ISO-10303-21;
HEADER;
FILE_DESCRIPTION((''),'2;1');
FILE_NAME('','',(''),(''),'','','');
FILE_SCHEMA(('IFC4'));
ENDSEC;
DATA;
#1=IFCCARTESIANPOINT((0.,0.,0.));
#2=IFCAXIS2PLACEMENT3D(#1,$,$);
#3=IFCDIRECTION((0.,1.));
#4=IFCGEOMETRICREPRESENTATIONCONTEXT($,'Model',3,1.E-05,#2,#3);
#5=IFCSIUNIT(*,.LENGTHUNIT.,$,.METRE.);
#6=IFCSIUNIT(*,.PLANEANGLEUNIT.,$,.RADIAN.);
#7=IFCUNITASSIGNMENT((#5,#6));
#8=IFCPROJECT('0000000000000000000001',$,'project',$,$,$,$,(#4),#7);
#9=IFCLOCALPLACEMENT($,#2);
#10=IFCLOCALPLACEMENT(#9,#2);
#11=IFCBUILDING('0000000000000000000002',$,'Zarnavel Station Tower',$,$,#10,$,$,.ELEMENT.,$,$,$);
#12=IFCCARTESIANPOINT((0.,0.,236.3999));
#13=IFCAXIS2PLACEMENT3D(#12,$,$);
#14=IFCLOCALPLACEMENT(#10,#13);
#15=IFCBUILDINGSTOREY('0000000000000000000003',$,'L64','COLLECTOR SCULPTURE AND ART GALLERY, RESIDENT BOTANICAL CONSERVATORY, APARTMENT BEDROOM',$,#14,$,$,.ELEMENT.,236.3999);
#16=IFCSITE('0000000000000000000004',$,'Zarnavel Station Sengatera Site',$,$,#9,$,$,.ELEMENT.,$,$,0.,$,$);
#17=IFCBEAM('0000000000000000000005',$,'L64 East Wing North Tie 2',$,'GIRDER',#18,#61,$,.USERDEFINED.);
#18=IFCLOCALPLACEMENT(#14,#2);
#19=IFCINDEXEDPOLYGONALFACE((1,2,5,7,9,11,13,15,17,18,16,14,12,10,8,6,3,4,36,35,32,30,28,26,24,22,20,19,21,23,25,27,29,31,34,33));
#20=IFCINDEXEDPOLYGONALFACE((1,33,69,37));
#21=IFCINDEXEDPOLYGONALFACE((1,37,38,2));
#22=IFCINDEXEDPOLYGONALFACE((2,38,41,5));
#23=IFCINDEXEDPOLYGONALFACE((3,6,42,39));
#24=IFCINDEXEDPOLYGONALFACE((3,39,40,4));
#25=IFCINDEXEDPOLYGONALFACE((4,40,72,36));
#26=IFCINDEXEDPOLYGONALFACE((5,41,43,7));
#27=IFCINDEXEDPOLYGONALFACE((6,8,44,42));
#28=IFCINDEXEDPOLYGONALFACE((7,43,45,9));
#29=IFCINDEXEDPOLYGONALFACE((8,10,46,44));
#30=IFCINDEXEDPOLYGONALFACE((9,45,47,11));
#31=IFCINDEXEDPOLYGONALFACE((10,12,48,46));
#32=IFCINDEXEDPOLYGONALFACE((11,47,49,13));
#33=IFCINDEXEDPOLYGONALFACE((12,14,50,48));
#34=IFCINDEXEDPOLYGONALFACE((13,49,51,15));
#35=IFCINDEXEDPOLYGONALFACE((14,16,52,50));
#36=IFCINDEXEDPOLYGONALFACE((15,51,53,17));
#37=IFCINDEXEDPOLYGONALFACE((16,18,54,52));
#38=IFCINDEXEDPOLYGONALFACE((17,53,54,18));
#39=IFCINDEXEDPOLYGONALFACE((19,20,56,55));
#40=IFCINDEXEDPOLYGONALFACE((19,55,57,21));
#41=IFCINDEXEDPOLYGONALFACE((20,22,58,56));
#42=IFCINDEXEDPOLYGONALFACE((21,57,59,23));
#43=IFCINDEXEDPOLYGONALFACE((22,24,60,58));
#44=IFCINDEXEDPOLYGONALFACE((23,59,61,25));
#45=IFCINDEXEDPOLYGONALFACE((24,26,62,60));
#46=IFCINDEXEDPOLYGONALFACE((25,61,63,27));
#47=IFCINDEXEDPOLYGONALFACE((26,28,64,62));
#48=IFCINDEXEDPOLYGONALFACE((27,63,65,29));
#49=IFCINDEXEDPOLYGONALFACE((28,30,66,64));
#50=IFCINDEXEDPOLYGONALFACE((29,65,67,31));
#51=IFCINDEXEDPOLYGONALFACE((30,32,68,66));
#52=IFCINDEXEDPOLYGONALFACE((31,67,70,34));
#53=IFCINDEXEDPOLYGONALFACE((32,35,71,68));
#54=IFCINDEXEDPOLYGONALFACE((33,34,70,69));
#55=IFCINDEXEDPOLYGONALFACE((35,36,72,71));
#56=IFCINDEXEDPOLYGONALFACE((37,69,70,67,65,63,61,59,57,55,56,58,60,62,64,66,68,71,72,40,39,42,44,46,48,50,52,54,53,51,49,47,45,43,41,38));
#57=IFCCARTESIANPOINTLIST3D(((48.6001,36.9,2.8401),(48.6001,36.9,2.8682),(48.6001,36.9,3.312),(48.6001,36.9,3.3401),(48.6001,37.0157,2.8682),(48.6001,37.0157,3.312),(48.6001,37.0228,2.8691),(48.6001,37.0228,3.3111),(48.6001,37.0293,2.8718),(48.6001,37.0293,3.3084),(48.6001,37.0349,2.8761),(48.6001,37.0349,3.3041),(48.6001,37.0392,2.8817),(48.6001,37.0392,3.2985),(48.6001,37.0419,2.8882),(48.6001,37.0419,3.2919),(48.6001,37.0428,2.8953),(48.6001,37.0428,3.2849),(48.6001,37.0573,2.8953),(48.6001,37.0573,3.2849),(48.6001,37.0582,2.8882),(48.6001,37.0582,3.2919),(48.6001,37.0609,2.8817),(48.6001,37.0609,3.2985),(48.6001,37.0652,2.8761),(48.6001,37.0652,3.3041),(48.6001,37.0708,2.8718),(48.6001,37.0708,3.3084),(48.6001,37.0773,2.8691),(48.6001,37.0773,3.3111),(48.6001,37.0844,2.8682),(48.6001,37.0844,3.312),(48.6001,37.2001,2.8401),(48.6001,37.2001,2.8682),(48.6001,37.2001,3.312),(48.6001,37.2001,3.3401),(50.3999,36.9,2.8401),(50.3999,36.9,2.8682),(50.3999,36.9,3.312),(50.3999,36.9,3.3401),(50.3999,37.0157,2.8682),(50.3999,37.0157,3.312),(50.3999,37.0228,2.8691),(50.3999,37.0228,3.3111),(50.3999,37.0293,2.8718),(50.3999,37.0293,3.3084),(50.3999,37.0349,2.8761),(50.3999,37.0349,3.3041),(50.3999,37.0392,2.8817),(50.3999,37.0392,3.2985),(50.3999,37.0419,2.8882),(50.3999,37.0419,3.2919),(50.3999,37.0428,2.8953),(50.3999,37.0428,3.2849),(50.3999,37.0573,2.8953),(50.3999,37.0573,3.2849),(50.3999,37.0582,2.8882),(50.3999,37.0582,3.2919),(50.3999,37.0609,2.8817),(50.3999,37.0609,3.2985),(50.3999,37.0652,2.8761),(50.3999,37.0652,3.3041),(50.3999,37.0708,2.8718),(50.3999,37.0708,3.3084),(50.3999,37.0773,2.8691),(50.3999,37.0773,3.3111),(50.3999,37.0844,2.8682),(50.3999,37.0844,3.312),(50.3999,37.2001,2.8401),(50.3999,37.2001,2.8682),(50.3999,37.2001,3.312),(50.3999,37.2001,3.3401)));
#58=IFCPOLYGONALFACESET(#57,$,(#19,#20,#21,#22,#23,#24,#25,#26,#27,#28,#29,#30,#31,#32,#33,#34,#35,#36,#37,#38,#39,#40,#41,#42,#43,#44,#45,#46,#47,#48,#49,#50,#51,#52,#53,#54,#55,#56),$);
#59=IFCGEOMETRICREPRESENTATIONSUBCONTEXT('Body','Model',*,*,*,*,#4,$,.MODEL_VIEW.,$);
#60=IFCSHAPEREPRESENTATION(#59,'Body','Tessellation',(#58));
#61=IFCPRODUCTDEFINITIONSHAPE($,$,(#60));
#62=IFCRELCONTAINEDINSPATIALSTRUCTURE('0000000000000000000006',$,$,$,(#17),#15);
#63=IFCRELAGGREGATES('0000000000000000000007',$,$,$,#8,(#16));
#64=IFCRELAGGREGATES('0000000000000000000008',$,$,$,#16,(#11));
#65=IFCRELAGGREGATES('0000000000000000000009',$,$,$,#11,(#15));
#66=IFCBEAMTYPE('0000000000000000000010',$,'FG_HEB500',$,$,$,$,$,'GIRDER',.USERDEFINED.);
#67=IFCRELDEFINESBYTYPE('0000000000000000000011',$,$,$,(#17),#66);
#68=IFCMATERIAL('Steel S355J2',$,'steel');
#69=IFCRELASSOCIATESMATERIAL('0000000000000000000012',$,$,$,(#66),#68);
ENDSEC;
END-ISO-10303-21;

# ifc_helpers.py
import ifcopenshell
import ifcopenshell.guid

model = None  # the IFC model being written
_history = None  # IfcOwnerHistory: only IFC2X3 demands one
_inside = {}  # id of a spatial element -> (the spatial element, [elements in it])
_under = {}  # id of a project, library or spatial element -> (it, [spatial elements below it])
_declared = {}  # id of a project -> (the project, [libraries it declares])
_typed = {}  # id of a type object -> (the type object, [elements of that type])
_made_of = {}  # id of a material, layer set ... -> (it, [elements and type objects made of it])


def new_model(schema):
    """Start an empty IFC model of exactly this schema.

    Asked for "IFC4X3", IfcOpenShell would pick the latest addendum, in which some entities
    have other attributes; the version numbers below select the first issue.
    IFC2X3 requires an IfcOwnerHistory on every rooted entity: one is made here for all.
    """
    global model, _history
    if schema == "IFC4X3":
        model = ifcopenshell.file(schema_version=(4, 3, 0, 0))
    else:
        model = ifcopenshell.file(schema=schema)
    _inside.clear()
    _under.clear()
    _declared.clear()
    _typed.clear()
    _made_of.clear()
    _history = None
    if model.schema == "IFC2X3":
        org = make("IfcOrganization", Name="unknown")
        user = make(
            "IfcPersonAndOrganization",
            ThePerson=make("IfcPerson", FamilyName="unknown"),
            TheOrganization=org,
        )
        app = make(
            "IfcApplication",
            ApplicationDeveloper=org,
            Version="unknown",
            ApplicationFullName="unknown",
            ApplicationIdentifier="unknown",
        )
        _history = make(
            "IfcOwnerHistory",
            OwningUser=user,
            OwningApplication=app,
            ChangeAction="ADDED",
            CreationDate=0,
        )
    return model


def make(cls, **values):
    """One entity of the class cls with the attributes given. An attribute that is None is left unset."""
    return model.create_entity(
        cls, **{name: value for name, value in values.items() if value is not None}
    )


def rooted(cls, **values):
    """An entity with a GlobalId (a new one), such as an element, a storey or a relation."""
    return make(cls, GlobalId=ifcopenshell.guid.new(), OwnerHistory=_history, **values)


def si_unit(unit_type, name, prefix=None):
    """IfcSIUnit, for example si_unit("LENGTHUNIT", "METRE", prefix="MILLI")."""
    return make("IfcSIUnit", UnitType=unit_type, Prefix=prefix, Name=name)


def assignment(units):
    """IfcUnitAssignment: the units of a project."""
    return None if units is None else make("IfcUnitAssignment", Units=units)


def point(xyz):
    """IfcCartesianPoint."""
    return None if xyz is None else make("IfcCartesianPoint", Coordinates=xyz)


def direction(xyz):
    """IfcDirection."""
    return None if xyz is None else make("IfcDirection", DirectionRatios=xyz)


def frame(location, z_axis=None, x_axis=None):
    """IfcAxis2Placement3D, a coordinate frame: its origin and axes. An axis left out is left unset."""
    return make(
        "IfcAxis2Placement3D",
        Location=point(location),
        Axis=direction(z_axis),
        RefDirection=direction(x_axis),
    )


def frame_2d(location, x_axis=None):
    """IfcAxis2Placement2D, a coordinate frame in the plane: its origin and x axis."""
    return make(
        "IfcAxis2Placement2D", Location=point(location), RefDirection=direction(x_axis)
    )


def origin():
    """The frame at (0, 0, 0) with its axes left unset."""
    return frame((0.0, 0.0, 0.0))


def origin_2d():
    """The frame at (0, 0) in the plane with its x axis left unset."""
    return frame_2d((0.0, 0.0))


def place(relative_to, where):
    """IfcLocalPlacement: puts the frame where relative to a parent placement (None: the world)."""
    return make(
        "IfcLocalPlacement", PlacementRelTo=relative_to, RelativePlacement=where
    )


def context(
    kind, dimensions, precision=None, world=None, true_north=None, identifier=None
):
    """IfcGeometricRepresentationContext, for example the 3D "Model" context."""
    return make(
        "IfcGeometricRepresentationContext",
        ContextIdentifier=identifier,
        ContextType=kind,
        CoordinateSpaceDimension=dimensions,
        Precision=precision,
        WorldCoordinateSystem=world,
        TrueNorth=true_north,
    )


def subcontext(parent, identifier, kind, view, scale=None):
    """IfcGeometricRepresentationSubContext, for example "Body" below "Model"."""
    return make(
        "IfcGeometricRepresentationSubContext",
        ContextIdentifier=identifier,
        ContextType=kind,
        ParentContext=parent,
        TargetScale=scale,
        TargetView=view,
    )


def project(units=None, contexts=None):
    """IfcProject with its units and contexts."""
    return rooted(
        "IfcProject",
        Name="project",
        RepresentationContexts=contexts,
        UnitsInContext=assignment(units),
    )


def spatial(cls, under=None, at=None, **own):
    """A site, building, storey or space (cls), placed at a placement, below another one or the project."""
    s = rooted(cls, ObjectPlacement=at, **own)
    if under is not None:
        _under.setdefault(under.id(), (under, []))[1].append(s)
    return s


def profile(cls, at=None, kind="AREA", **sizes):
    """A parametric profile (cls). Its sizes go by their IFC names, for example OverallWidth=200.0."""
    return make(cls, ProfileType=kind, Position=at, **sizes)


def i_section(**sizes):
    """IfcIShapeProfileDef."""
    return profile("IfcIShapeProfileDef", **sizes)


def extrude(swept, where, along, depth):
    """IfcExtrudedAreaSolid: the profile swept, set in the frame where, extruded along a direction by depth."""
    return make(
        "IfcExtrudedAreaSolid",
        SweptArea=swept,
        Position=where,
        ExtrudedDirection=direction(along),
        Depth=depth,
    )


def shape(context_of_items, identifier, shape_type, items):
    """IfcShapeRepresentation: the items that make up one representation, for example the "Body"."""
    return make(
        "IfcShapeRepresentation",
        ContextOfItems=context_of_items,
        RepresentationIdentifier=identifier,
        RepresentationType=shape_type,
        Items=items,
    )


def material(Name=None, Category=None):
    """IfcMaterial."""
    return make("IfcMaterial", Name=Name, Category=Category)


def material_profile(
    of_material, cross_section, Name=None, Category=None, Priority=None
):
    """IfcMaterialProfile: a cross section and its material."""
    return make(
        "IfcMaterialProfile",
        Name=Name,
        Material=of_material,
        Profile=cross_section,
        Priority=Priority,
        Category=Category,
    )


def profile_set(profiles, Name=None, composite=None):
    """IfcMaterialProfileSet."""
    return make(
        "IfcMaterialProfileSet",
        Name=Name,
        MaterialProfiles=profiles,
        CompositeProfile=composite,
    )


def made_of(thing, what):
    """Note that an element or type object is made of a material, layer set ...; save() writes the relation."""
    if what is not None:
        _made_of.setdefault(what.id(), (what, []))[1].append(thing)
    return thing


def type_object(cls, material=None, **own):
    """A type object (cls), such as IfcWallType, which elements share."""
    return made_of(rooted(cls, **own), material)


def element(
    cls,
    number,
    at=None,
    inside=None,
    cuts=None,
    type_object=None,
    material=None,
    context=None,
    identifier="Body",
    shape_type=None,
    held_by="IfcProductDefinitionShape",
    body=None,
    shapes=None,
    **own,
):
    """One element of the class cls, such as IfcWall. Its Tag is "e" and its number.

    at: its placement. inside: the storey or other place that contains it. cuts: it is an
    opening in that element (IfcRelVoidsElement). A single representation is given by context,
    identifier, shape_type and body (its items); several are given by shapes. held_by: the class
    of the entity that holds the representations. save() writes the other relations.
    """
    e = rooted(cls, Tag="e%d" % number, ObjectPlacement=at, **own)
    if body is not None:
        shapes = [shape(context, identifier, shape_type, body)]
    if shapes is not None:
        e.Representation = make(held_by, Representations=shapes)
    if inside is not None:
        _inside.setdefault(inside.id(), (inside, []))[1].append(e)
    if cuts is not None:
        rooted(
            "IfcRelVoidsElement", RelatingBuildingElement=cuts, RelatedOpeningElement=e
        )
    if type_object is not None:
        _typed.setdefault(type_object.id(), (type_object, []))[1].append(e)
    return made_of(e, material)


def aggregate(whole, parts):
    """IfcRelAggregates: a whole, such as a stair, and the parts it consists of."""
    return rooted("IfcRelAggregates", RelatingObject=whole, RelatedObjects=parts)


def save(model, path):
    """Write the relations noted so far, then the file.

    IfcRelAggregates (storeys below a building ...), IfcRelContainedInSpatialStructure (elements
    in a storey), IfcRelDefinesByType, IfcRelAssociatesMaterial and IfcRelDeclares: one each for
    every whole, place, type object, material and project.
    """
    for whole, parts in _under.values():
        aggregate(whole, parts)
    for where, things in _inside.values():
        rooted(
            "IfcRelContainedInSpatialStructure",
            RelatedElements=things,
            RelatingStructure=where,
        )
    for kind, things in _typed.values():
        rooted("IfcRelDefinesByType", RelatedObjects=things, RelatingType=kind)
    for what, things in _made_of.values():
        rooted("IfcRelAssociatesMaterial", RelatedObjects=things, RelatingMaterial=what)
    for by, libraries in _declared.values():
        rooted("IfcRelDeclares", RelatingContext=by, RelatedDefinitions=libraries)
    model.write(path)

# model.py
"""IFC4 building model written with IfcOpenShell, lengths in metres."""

from ifc_helpers import new_model, si_unit, direction, frame, origin, origin_2d, place, context, subcontext, project, spatial, i_section, extrude, material, material_profile, profile_set, type_object, element, save


model = new_model("IFC4")

# Units and contexts
model_context = context("Model", 3, precision=1e-05, world=origin(), true_north=direction((0.0, 1.0)))
body_context = subcontext(model_context, "Body", "Model", "MODEL_VIEW")
ifc_project = project(units=[si_unit("LENGTHUNIT", "METRE"), si_unit("PLANEANGLEUNIT", "RADIAN")], contexts=[model_context])

# Site, building, storey
site_placement = place(None, origin())
site = spatial("IfcSite", under=ifc_project, at=site_placement, Name="Zarnavel Station Sengatera Site", CompositionType="ELEMENT", RefElevation=0.0)
building_placement = place(site_placement, origin())
building = spatial("IfcBuilding", under=site, at=building_placement, Name="Zarnavel Station Tower", CompositionType="ELEMENT")
storey_placement = place(building_placement, frame((0.0, 0.0, 236.3999)))
storey = spatial("IfcBuildingStorey", under=building, at=storey_placement, Name="L64", Description="COLLECTOR SCULPTURE AND ART GALLERY, RESIDENT BOTANICAL CONSERVATORY, APARTMENT BEDROOM", CompositionType="ELEMENT", Elevation=236.3999)

# Beam
ifc_material_1 = material(Name="Steel S355J2", Category="steel")
ifc_material_profile_1 = material_profile(ifc_material_1, i_section(OverallWidth=0.3, OverallDepth=0.5, WebThickness=0.0144, FlangeThickness=0.0281, FilletRadius=0.0271, at=origin_2d()), Name="HEB500")
ifc_profile_set_1 = profile_set([ifc_material_profile_1], Name="Steel S355J2")
beam_type = type_object("IfcBeamType", Name="FG_HEB500", ElementType="GIRDER", PredefinedType="USERDEFINED", material=ifc_profile_set_1)
beam_1_placement = place(storey_placement, frame((48.6001, 37.05, 3.0901), z_axis=(1.0, 0.0, 0.0), x_axis=(0.0, 1.0, 0.0)))
element("IfcBeam", 1, at=beam_1_placement, inside=storey, type_object=beam_type, Name="L64 East Wing North Tie 2", ObjectType="GIRDER", PredefinedType="USERDEFINED", context=body_context, shape_type="SweptSolid", body=[
    extrude(i_section(OverallWidth=0.3, OverallDepth=0.5, WebThickness=0.0144, FlangeThickness=0.0281, FilletRadius=0.0271, at=origin_2d()), origin(), (0.0, 0.0, 1.0), 1.7998),
])

save(model, "model.ifc")
